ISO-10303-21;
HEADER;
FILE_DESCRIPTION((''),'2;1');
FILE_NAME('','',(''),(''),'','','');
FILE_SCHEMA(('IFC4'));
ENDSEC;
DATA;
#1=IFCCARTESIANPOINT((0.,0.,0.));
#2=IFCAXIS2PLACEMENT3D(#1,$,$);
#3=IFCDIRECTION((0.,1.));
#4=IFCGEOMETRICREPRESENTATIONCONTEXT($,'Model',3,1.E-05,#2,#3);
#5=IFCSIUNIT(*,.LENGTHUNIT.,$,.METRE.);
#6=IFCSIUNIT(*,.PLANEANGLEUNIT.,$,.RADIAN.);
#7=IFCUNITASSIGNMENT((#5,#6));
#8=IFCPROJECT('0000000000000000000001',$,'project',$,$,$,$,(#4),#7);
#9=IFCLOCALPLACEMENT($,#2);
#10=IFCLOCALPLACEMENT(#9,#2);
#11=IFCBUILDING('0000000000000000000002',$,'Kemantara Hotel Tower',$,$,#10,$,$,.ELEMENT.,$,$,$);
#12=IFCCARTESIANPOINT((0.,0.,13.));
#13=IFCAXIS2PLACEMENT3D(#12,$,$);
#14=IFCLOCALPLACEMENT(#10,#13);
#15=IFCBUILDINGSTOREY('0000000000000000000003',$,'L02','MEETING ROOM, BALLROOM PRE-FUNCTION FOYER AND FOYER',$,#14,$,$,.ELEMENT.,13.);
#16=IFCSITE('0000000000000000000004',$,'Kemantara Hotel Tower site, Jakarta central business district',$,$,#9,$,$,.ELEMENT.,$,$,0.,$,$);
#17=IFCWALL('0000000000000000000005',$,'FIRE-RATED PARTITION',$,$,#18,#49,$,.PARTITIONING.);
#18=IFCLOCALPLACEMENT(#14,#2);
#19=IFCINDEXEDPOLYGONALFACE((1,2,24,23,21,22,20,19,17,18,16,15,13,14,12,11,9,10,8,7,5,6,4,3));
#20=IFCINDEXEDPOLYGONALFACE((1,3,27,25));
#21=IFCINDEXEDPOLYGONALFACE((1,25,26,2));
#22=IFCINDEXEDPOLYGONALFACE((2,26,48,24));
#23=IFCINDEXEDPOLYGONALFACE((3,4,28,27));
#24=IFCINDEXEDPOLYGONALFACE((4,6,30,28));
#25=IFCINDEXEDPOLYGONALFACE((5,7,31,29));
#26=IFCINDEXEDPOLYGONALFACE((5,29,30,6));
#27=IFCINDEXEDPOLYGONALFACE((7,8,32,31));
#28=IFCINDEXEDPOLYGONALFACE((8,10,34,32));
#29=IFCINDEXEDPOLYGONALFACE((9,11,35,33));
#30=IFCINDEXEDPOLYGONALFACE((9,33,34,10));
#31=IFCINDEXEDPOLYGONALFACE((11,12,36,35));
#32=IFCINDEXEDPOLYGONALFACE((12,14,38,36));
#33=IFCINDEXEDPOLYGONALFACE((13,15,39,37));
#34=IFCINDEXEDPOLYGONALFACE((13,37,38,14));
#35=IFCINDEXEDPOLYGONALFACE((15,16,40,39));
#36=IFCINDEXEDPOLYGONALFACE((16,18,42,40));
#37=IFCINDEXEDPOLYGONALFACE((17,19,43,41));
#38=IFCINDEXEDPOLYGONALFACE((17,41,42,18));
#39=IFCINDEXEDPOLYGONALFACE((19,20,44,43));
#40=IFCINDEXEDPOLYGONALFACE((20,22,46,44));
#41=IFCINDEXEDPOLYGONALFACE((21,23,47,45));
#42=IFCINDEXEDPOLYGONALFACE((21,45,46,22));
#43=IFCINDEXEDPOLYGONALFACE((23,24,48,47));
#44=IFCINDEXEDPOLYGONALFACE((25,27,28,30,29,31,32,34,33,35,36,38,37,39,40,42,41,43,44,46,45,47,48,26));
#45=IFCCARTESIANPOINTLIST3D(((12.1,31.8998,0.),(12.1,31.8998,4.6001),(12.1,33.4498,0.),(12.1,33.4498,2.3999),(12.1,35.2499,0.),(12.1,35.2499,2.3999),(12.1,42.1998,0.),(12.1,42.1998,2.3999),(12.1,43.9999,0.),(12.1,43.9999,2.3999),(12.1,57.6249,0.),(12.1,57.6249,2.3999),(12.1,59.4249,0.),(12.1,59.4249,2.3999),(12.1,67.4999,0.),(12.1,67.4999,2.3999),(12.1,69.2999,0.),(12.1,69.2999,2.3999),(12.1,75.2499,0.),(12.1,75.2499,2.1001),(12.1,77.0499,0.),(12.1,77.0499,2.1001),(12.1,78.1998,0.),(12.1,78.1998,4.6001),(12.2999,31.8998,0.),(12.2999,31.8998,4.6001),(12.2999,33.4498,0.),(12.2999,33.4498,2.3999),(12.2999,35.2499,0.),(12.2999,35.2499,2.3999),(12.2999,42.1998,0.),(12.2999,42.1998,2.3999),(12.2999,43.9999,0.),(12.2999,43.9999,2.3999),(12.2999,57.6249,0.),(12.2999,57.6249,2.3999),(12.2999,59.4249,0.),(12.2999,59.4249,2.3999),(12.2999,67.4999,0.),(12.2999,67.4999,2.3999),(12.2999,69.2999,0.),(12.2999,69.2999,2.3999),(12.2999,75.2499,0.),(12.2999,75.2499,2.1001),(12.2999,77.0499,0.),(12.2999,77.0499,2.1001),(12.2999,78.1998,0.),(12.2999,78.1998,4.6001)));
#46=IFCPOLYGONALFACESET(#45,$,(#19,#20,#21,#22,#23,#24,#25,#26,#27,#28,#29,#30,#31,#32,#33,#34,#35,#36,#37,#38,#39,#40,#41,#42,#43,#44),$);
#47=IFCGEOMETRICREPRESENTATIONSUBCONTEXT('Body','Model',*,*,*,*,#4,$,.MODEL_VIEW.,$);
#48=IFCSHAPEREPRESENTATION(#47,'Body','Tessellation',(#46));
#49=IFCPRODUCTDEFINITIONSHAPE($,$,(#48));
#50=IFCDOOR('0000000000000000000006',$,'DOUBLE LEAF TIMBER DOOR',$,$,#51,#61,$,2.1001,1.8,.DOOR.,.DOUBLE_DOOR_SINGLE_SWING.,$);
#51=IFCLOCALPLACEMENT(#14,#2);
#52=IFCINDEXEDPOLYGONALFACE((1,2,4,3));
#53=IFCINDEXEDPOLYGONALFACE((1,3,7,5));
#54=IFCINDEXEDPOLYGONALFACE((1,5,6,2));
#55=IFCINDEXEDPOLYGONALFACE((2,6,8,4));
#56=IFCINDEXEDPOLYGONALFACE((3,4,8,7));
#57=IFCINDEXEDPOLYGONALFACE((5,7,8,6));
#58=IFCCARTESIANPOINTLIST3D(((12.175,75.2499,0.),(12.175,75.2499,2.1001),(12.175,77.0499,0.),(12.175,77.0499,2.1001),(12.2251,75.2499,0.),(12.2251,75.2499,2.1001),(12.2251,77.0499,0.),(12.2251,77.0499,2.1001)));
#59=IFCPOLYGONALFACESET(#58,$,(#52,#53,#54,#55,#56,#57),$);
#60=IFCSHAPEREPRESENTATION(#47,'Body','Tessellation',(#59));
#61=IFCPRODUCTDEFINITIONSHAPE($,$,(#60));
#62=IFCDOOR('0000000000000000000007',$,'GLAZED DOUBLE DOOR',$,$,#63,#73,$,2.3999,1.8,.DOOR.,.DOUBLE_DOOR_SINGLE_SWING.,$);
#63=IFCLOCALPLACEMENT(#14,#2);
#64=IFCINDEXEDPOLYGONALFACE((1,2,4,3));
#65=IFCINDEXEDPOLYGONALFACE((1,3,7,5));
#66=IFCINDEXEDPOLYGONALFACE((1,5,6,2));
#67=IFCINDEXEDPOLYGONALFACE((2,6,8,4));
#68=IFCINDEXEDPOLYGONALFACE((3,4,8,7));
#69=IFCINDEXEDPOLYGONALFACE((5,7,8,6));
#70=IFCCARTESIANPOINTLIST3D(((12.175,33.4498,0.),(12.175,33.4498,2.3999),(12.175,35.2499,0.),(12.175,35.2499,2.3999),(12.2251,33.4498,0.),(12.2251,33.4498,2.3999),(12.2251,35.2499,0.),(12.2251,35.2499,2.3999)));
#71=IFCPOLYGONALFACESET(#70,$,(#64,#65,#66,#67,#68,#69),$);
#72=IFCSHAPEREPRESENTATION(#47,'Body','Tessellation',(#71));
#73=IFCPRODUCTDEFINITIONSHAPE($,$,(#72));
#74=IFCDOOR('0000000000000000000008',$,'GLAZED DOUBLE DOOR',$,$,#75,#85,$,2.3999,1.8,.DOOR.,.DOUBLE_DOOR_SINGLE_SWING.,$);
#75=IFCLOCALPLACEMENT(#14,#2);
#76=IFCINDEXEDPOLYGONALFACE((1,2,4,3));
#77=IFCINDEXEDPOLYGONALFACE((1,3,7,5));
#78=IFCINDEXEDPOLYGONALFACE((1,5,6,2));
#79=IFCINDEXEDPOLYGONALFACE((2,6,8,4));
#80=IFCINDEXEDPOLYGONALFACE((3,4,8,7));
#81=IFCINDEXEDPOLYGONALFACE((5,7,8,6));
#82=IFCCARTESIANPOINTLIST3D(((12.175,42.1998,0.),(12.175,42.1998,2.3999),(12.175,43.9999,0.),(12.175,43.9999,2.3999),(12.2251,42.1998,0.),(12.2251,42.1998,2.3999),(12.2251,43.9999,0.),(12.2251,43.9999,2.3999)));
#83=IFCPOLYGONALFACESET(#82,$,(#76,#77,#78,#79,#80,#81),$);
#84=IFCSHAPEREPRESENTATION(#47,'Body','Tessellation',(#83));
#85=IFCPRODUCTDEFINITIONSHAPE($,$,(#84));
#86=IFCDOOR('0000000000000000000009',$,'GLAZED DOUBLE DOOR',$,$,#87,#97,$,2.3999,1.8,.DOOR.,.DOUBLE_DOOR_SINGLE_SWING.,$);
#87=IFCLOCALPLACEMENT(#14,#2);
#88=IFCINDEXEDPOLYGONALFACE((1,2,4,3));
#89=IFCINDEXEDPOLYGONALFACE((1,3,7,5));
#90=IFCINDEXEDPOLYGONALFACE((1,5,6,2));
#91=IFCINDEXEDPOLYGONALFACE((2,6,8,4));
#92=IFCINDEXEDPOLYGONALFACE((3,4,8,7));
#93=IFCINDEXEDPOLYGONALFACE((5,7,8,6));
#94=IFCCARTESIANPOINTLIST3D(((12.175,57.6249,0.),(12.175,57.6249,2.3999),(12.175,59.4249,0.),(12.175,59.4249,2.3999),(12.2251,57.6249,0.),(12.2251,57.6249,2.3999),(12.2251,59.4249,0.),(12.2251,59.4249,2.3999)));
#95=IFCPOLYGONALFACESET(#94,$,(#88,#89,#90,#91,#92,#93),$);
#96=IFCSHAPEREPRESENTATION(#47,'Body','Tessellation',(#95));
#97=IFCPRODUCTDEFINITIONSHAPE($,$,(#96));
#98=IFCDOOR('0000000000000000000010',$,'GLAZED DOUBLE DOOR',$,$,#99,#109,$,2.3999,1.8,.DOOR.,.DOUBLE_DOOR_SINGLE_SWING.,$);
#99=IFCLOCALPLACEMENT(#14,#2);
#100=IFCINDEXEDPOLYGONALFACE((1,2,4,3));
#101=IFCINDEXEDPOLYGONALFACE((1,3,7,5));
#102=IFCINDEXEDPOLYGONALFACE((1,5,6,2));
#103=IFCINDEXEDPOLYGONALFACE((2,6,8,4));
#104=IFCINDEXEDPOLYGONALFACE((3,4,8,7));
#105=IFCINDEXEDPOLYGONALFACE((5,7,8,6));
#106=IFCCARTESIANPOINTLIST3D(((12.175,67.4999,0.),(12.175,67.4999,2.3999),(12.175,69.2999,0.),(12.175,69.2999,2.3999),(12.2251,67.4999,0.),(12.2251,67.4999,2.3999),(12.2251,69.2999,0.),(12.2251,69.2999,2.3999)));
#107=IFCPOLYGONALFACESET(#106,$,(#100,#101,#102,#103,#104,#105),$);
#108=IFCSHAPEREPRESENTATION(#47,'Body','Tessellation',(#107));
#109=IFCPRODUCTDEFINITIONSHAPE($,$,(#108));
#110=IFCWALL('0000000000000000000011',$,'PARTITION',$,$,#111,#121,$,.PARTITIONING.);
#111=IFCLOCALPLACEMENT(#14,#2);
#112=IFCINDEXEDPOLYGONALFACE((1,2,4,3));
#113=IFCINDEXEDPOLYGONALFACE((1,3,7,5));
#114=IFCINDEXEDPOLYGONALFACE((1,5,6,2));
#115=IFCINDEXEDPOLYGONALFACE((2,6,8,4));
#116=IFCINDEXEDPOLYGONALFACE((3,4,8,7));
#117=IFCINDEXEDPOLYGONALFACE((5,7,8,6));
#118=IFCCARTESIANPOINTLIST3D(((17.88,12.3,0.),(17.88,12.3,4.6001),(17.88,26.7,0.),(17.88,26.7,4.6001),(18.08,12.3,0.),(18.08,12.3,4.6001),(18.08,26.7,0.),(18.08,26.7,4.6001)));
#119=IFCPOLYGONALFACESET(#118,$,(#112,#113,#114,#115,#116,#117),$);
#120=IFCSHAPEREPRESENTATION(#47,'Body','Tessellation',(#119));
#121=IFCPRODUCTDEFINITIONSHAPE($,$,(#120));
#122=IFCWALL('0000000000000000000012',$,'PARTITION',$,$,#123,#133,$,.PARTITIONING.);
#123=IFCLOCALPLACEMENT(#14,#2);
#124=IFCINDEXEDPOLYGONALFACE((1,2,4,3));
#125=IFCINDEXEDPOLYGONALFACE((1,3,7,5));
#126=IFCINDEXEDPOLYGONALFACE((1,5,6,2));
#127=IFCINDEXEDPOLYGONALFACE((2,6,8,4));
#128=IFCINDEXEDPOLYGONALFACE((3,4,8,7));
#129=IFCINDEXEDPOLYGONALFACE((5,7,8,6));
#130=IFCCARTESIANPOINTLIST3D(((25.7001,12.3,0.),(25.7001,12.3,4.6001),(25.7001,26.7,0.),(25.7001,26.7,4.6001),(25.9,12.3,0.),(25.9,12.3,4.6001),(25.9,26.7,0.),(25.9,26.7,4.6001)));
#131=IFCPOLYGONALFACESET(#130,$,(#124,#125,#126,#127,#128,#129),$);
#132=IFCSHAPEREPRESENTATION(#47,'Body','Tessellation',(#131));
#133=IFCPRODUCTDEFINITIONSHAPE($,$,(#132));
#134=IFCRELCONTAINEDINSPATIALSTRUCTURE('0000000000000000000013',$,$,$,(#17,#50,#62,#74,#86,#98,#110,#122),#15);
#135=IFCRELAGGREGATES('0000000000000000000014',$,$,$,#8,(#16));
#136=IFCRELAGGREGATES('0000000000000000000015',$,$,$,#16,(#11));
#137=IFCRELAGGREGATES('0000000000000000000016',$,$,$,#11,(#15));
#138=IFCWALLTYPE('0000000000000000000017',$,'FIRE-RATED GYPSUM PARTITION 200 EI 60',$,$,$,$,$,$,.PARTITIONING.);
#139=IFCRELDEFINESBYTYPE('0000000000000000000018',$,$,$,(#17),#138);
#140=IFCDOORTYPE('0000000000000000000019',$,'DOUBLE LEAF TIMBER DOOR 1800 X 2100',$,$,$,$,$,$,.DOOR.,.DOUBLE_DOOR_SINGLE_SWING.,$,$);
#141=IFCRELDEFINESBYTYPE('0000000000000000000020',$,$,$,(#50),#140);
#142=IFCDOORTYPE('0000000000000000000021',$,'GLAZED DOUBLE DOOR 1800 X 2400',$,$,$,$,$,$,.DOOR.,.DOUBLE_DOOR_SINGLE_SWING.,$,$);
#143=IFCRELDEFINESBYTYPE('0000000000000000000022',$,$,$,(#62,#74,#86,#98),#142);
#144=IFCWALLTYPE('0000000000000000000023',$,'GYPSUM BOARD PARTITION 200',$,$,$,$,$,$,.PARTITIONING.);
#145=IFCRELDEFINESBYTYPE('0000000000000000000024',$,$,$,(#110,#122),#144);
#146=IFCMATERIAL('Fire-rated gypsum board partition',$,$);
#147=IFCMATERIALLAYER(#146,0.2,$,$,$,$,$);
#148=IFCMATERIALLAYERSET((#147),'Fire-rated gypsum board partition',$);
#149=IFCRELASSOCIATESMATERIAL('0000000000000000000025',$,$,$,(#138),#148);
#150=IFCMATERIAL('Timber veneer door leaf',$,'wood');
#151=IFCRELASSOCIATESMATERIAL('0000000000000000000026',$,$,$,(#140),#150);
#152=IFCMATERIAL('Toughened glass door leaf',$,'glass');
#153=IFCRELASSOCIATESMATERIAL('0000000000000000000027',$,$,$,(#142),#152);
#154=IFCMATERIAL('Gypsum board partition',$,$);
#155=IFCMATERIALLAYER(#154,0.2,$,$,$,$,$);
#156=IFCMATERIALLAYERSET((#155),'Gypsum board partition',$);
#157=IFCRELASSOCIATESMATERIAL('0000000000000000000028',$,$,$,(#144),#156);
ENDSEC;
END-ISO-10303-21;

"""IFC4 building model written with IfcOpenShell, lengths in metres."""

from ifc_helpers import new_model, si_unit, direction, frame, frame_2d, origin, place, context, subcontext, project, spatial, rectangle, extrude, material, layer, layer_set, type_object, element, fill, save


model = new_model("IFC4")

# Units and contexts
model_context = context("Model", 3, precision=1e-05, world=origin(), true_north=direction((0.0, 1.0)))
body_context = subcontext(model_context, "Body", "Model", "MODEL_VIEW")
ifc_project = project(units=[si_unit("LENGTHUNIT", "METRE"), si_unit("PLANEANGLEUNIT", "RADIAN")], contexts=[model_context])

# Site, building, storey
site_placement = place(None, origin())
site = spatial("IfcSite", under=ifc_project, at=site_placement, Name="Kemantara Hotel Tower site, Jakarta central business district", CompositionType="ELEMENT", RefElevation=0.0)
building_placement = place(site_placement, origin())
building = spatial("IfcBuilding", under=site, at=building_placement, Name="Kemantara Hotel Tower", CompositionType="ELEMENT")
storey_placement = place(building_placement, frame((0.0, 0.0, 13.0)))
storey = spatial("IfcBuildingStorey", under=building, at=storey_placement, Name="L02", Description="MEETING ROOM, BALLROOM PRE-FUNCTION FOYER AND FOYER", CompositionType="ELEMENT", Elevation=13.0)

# Shared definitions
ifc_material_1 = material(Name="Fire-rated gypsum board partition")
ifc_layer_1 = layer(ifc_material_1, 0.2)
ifc_layer_set_1 = layer_set([ifc_layer_1], Name="Fire-rated gypsum board partition")
wall_type_1 = type_object("IfcWallType", Name="FIRE-RATED GYPSUM PARTITION 200 EI 60", PredefinedType="PARTITIONING", material=ifc_layer_set_1)

# Wall, openings, doors
wall_1_placement = place(storey_placement, frame((12.2, 31.8999, 0.0), z_axis=(0.0, 0.0, 1.0), x_axis=(0.0, 1.0, 0.0)))
wall_1 = element("IfcWall", 1, at=wall_1_placement, inside=storey, type_object=wall_type_1, Name="FIRE-RATED PARTITION", PredefinedType="PARTITIONING", context=body_context, shape_type="SweptSolid", body=[
    extrude(rectangle(XDim=46.3, YDim=0.2, at=frame_2d((23.1499, 0.0))), origin(), (0.0, 0.0, 1.0), 4.6001),
])
opening_1_placement = place(wall_1_placement, frame((1.55, 0.0, 0.0)))
opening_1 = element("IfcOpeningElement", 2, at=opening_1_placement, cuts=wall_1, PredefinedType="OPENING", context=body_context, shape_type="SweptSolid", body=[
    extrude(rectangle(XDim=1.8, YDim=2.3999, at=frame_2d((0.8999, 1.2))), frame((0.0, 0.1099, 0.0), z_axis=(0.0, -1.0, 0.0), x_axis=(1.0, 0.0, 0.0)), (0.0, 0.0, 1.0), 0.22),
])
opening_2_placement = place(wall_1_placement, frame((10.3, 0.0, 0.0)))
opening_2 = element("IfcOpeningElement", 3, at=opening_2_placement, cuts=wall_1, PredefinedType="OPENING", context=body_context, shape_type="SweptSolid", body=[
    extrude(rectangle(XDim=1.8, YDim=2.3999, at=frame_2d((0.8999, 1.2))), frame((0.0, 0.1099, 0.0), z_axis=(0.0, -1.0, 0.0), x_axis=(1.0, 0.0, 0.0)), (0.0, 0.0, 1.0), 0.22),
])
opening_3_placement = place(wall_1_placement, frame((25.7251, 0.0, 0.0)))
opening_3 = element("IfcOpeningElement", 4, at=opening_3_placement, cuts=wall_1, PredefinedType="OPENING", context=body_context, shape_type="SweptSolid", body=[
    extrude(rectangle(XDim=1.8, YDim=2.3999, at=frame_2d((0.8999, 1.2))), frame((0.0, 0.1099, 0.0), z_axis=(0.0, -1.0, 0.0), x_axis=(1.0, 0.0, 0.0)), (0.0, 0.0, 1.0), 0.22),
])
opening_4_placement = place(wall_1_placement, frame((35.6001, 0.0, 0.0)))
opening_4 = element("IfcOpeningElement", 5, at=opening_4_placement, cuts=wall_1, PredefinedType="OPENING", context=body_context, shape_type="SweptSolid", body=[
    extrude(rectangle(XDim=1.8, YDim=2.3999, at=frame_2d((0.8999, 1.2))), frame((0.0, 0.1099, 0.0), z_axis=(0.0, -1.0, 0.0), x_axis=(1.0, 0.0, 0.0)), (0.0, 0.0, 1.0), 0.22),
])
opening_5_placement = place(wall_1_placement, frame((43.3501, 0.0, 0.0)))
opening_5 = element("IfcOpeningElement", 6, at=opening_5_placement, cuts=wall_1, PredefinedType="OPENING", context=body_context, shape_type="SweptSolid", body=[
    extrude(rectangle(XDim=1.8, YDim=2.1001, at=frame_2d((0.8999, 1.05))), frame((0.0, 0.1099, 0.0), z_axis=(0.0, -1.0, 0.0), x_axis=(1.0, 0.0, 0.0)), (0.0, 0.0, 1.0), 0.22),
])
ifc_material_2 = material(Name="Timber veneer door leaf", Category="wood")
door_type_1 = type_object("IfcDoorType", Name="DOUBLE LEAF TIMBER DOOR 1800 X 2100", OperationType="DOUBLE_DOOR_SINGLE_SWING", PredefinedType="DOOR", material=ifc_material_2)
door_1_placement = place(opening_5_placement, origin())
door_1 = element("IfcDoor", 7, at=door_1_placement, inside=storey, type_object=door_type_1, Name="DOUBLE LEAF TIMBER DOOR", OperationType="DOUBLE_DOOR_SINGLE_SWING", OverallHeight=2.1001, OverallWidth=1.8, PredefinedType="DOOR", context=body_context, shape_type="SweptSolid", body=[
    extrude(rectangle(XDim=1.8, YDim=2.1001, at=frame_2d((0.8999, 1.05))), frame((0.0, 0.0249, 0.0), z_axis=(0.0, -1.0, 0.0), x_axis=(1.0, 0.0, 0.0)), (0.0, 0.0, 1.0), 0.05),
])
fill(opening_5, door_1)
ifc_material_3 = material(Name="Toughened glass door leaf", Category="glass")
door_type_2 = type_object("IfcDoorType", Name="GLAZED DOUBLE DOOR 1800 X 2400", OperationType="DOUBLE_DOOR_SINGLE_SWING", PredefinedType="DOOR", material=ifc_material_3)
door_2_placement = place(opening_1_placement, origin())
door_2 = element("IfcDoor", 8, at=door_2_placement, inside=storey, type_object=door_type_2, Name="GLAZED DOUBLE DOOR", OperationType="DOUBLE_DOOR_SINGLE_SWING", OverallHeight=2.3999, OverallWidth=1.8, PredefinedType="DOOR", context=body_context, shape_type="SweptSolid", body=[
    extrude(rectangle(XDim=1.8, YDim=2.3999, at=frame_2d((0.8999, 1.2))), frame((0.0, 0.0249, 0.0), z_axis=(0.0, -1.0, 0.0), x_axis=(1.0, 0.0, 0.0)), (0.0, 0.0, 1.0), 0.05),
])
fill(opening_1, door_2)
door_3_placement = place(opening_2_placement, origin())
door_3 = element("IfcDoor", 9, at=door_3_placement, inside=storey, type_object=door_type_2, Name="GLAZED DOUBLE DOOR", OperationType="DOUBLE_DOOR_SINGLE_SWING", OverallHeight=2.3999, OverallWidth=1.8, PredefinedType="DOOR", context=body_context, shape_type="SweptSolid", body=[
    extrude(rectangle(XDim=1.8, YDim=2.3999, at=frame_2d((0.8999, 1.2))), frame((0.0, 0.0249, 0.0), z_axis=(0.0, -1.0, 0.0), x_axis=(1.0, 0.0, 0.0)), (0.0, 0.0, 1.0), 0.05),
])
fill(opening_2, door_3)
door_4_placement = place(opening_3_placement, origin())
door_4 = element("IfcDoor", 10, at=door_4_placement, inside=storey, type_object=door_type_2, Name="GLAZED DOUBLE DOOR", OperationType="DOUBLE_DOOR_SINGLE_SWING", OverallHeight=2.3999, OverallWidth=1.8, PredefinedType="DOOR", context=body_context, shape_type="SweptSolid", body=[
    extrude(rectangle(XDim=1.8, YDim=2.3999, at=frame_2d((0.8999, 1.2))), frame((0.0, 0.0249, 0.0), z_axis=(0.0, -1.0, 0.0), x_axis=(1.0, 0.0, 0.0)), (0.0, 0.0, 1.0), 0.05),
])
fill(opening_3, door_4)
door_5_placement = place(opening_4_placement, origin())
door_5 = element("IfcDoor", 11, at=door_5_placement, inside=storey, type_object=door_type_2, Name="GLAZED DOUBLE DOOR", OperationType="DOUBLE_DOOR_SINGLE_SWING", OverallHeight=2.3999, OverallWidth=1.8, PredefinedType="DOOR", context=body_context, shape_type="SweptSolid", body=[
    extrude(rectangle(XDim=1.8, YDim=2.3999, at=frame_2d((0.8999, 1.2))), frame((0.0, 0.0249, 0.0), z_axis=(0.0, -1.0, 0.0), x_axis=(1.0, 0.0, 0.0)), (0.0, 0.0, 1.0), 0.05),
])
fill(opening_4, door_5)

# Walls
ifc_material_4 = material(Name="Gypsum board partition")
ifc_layer_2 = layer(ifc_material_4, 0.2)
ifc_layer_set_2 = layer_set([ifc_layer_2], Name="Gypsum board partition")
wall_type_2 = type_object("IfcWallType", Name="GYPSUM BOARD PARTITION 200", PredefinedType="PARTITIONING", material=ifc_layer_set_2)
for number, where, z_axis, x_axis, name in (
    (12, (17.98, 12.3, 0.0), (0.0, 0.0, 1.0), (0.0, 1.0, 0.0), "PARTITION"),
    (13, (25.8, 12.3, 0.0), (0.0, 0.0, 1.0), (0.0, 1.0, 0.0), "PARTITION"),
):
    element("IfcWall", number, at=place(storey_placement, frame(where, z_axis=z_axis, x_axis=x_axis)), inside=storey, type_object=wall_type_2, Name=name, PredefinedType="PARTITIONING", context=body_context, shape_type="SweptSolid", body=[
        extrude(rectangle(XDim=14.3999, YDim=0.2, at=frame_2d((7.2, 0.0))), origin(), (0.0, 0.0, 1.0), 4.6001),
    ])

save(model, "model.ifc")
